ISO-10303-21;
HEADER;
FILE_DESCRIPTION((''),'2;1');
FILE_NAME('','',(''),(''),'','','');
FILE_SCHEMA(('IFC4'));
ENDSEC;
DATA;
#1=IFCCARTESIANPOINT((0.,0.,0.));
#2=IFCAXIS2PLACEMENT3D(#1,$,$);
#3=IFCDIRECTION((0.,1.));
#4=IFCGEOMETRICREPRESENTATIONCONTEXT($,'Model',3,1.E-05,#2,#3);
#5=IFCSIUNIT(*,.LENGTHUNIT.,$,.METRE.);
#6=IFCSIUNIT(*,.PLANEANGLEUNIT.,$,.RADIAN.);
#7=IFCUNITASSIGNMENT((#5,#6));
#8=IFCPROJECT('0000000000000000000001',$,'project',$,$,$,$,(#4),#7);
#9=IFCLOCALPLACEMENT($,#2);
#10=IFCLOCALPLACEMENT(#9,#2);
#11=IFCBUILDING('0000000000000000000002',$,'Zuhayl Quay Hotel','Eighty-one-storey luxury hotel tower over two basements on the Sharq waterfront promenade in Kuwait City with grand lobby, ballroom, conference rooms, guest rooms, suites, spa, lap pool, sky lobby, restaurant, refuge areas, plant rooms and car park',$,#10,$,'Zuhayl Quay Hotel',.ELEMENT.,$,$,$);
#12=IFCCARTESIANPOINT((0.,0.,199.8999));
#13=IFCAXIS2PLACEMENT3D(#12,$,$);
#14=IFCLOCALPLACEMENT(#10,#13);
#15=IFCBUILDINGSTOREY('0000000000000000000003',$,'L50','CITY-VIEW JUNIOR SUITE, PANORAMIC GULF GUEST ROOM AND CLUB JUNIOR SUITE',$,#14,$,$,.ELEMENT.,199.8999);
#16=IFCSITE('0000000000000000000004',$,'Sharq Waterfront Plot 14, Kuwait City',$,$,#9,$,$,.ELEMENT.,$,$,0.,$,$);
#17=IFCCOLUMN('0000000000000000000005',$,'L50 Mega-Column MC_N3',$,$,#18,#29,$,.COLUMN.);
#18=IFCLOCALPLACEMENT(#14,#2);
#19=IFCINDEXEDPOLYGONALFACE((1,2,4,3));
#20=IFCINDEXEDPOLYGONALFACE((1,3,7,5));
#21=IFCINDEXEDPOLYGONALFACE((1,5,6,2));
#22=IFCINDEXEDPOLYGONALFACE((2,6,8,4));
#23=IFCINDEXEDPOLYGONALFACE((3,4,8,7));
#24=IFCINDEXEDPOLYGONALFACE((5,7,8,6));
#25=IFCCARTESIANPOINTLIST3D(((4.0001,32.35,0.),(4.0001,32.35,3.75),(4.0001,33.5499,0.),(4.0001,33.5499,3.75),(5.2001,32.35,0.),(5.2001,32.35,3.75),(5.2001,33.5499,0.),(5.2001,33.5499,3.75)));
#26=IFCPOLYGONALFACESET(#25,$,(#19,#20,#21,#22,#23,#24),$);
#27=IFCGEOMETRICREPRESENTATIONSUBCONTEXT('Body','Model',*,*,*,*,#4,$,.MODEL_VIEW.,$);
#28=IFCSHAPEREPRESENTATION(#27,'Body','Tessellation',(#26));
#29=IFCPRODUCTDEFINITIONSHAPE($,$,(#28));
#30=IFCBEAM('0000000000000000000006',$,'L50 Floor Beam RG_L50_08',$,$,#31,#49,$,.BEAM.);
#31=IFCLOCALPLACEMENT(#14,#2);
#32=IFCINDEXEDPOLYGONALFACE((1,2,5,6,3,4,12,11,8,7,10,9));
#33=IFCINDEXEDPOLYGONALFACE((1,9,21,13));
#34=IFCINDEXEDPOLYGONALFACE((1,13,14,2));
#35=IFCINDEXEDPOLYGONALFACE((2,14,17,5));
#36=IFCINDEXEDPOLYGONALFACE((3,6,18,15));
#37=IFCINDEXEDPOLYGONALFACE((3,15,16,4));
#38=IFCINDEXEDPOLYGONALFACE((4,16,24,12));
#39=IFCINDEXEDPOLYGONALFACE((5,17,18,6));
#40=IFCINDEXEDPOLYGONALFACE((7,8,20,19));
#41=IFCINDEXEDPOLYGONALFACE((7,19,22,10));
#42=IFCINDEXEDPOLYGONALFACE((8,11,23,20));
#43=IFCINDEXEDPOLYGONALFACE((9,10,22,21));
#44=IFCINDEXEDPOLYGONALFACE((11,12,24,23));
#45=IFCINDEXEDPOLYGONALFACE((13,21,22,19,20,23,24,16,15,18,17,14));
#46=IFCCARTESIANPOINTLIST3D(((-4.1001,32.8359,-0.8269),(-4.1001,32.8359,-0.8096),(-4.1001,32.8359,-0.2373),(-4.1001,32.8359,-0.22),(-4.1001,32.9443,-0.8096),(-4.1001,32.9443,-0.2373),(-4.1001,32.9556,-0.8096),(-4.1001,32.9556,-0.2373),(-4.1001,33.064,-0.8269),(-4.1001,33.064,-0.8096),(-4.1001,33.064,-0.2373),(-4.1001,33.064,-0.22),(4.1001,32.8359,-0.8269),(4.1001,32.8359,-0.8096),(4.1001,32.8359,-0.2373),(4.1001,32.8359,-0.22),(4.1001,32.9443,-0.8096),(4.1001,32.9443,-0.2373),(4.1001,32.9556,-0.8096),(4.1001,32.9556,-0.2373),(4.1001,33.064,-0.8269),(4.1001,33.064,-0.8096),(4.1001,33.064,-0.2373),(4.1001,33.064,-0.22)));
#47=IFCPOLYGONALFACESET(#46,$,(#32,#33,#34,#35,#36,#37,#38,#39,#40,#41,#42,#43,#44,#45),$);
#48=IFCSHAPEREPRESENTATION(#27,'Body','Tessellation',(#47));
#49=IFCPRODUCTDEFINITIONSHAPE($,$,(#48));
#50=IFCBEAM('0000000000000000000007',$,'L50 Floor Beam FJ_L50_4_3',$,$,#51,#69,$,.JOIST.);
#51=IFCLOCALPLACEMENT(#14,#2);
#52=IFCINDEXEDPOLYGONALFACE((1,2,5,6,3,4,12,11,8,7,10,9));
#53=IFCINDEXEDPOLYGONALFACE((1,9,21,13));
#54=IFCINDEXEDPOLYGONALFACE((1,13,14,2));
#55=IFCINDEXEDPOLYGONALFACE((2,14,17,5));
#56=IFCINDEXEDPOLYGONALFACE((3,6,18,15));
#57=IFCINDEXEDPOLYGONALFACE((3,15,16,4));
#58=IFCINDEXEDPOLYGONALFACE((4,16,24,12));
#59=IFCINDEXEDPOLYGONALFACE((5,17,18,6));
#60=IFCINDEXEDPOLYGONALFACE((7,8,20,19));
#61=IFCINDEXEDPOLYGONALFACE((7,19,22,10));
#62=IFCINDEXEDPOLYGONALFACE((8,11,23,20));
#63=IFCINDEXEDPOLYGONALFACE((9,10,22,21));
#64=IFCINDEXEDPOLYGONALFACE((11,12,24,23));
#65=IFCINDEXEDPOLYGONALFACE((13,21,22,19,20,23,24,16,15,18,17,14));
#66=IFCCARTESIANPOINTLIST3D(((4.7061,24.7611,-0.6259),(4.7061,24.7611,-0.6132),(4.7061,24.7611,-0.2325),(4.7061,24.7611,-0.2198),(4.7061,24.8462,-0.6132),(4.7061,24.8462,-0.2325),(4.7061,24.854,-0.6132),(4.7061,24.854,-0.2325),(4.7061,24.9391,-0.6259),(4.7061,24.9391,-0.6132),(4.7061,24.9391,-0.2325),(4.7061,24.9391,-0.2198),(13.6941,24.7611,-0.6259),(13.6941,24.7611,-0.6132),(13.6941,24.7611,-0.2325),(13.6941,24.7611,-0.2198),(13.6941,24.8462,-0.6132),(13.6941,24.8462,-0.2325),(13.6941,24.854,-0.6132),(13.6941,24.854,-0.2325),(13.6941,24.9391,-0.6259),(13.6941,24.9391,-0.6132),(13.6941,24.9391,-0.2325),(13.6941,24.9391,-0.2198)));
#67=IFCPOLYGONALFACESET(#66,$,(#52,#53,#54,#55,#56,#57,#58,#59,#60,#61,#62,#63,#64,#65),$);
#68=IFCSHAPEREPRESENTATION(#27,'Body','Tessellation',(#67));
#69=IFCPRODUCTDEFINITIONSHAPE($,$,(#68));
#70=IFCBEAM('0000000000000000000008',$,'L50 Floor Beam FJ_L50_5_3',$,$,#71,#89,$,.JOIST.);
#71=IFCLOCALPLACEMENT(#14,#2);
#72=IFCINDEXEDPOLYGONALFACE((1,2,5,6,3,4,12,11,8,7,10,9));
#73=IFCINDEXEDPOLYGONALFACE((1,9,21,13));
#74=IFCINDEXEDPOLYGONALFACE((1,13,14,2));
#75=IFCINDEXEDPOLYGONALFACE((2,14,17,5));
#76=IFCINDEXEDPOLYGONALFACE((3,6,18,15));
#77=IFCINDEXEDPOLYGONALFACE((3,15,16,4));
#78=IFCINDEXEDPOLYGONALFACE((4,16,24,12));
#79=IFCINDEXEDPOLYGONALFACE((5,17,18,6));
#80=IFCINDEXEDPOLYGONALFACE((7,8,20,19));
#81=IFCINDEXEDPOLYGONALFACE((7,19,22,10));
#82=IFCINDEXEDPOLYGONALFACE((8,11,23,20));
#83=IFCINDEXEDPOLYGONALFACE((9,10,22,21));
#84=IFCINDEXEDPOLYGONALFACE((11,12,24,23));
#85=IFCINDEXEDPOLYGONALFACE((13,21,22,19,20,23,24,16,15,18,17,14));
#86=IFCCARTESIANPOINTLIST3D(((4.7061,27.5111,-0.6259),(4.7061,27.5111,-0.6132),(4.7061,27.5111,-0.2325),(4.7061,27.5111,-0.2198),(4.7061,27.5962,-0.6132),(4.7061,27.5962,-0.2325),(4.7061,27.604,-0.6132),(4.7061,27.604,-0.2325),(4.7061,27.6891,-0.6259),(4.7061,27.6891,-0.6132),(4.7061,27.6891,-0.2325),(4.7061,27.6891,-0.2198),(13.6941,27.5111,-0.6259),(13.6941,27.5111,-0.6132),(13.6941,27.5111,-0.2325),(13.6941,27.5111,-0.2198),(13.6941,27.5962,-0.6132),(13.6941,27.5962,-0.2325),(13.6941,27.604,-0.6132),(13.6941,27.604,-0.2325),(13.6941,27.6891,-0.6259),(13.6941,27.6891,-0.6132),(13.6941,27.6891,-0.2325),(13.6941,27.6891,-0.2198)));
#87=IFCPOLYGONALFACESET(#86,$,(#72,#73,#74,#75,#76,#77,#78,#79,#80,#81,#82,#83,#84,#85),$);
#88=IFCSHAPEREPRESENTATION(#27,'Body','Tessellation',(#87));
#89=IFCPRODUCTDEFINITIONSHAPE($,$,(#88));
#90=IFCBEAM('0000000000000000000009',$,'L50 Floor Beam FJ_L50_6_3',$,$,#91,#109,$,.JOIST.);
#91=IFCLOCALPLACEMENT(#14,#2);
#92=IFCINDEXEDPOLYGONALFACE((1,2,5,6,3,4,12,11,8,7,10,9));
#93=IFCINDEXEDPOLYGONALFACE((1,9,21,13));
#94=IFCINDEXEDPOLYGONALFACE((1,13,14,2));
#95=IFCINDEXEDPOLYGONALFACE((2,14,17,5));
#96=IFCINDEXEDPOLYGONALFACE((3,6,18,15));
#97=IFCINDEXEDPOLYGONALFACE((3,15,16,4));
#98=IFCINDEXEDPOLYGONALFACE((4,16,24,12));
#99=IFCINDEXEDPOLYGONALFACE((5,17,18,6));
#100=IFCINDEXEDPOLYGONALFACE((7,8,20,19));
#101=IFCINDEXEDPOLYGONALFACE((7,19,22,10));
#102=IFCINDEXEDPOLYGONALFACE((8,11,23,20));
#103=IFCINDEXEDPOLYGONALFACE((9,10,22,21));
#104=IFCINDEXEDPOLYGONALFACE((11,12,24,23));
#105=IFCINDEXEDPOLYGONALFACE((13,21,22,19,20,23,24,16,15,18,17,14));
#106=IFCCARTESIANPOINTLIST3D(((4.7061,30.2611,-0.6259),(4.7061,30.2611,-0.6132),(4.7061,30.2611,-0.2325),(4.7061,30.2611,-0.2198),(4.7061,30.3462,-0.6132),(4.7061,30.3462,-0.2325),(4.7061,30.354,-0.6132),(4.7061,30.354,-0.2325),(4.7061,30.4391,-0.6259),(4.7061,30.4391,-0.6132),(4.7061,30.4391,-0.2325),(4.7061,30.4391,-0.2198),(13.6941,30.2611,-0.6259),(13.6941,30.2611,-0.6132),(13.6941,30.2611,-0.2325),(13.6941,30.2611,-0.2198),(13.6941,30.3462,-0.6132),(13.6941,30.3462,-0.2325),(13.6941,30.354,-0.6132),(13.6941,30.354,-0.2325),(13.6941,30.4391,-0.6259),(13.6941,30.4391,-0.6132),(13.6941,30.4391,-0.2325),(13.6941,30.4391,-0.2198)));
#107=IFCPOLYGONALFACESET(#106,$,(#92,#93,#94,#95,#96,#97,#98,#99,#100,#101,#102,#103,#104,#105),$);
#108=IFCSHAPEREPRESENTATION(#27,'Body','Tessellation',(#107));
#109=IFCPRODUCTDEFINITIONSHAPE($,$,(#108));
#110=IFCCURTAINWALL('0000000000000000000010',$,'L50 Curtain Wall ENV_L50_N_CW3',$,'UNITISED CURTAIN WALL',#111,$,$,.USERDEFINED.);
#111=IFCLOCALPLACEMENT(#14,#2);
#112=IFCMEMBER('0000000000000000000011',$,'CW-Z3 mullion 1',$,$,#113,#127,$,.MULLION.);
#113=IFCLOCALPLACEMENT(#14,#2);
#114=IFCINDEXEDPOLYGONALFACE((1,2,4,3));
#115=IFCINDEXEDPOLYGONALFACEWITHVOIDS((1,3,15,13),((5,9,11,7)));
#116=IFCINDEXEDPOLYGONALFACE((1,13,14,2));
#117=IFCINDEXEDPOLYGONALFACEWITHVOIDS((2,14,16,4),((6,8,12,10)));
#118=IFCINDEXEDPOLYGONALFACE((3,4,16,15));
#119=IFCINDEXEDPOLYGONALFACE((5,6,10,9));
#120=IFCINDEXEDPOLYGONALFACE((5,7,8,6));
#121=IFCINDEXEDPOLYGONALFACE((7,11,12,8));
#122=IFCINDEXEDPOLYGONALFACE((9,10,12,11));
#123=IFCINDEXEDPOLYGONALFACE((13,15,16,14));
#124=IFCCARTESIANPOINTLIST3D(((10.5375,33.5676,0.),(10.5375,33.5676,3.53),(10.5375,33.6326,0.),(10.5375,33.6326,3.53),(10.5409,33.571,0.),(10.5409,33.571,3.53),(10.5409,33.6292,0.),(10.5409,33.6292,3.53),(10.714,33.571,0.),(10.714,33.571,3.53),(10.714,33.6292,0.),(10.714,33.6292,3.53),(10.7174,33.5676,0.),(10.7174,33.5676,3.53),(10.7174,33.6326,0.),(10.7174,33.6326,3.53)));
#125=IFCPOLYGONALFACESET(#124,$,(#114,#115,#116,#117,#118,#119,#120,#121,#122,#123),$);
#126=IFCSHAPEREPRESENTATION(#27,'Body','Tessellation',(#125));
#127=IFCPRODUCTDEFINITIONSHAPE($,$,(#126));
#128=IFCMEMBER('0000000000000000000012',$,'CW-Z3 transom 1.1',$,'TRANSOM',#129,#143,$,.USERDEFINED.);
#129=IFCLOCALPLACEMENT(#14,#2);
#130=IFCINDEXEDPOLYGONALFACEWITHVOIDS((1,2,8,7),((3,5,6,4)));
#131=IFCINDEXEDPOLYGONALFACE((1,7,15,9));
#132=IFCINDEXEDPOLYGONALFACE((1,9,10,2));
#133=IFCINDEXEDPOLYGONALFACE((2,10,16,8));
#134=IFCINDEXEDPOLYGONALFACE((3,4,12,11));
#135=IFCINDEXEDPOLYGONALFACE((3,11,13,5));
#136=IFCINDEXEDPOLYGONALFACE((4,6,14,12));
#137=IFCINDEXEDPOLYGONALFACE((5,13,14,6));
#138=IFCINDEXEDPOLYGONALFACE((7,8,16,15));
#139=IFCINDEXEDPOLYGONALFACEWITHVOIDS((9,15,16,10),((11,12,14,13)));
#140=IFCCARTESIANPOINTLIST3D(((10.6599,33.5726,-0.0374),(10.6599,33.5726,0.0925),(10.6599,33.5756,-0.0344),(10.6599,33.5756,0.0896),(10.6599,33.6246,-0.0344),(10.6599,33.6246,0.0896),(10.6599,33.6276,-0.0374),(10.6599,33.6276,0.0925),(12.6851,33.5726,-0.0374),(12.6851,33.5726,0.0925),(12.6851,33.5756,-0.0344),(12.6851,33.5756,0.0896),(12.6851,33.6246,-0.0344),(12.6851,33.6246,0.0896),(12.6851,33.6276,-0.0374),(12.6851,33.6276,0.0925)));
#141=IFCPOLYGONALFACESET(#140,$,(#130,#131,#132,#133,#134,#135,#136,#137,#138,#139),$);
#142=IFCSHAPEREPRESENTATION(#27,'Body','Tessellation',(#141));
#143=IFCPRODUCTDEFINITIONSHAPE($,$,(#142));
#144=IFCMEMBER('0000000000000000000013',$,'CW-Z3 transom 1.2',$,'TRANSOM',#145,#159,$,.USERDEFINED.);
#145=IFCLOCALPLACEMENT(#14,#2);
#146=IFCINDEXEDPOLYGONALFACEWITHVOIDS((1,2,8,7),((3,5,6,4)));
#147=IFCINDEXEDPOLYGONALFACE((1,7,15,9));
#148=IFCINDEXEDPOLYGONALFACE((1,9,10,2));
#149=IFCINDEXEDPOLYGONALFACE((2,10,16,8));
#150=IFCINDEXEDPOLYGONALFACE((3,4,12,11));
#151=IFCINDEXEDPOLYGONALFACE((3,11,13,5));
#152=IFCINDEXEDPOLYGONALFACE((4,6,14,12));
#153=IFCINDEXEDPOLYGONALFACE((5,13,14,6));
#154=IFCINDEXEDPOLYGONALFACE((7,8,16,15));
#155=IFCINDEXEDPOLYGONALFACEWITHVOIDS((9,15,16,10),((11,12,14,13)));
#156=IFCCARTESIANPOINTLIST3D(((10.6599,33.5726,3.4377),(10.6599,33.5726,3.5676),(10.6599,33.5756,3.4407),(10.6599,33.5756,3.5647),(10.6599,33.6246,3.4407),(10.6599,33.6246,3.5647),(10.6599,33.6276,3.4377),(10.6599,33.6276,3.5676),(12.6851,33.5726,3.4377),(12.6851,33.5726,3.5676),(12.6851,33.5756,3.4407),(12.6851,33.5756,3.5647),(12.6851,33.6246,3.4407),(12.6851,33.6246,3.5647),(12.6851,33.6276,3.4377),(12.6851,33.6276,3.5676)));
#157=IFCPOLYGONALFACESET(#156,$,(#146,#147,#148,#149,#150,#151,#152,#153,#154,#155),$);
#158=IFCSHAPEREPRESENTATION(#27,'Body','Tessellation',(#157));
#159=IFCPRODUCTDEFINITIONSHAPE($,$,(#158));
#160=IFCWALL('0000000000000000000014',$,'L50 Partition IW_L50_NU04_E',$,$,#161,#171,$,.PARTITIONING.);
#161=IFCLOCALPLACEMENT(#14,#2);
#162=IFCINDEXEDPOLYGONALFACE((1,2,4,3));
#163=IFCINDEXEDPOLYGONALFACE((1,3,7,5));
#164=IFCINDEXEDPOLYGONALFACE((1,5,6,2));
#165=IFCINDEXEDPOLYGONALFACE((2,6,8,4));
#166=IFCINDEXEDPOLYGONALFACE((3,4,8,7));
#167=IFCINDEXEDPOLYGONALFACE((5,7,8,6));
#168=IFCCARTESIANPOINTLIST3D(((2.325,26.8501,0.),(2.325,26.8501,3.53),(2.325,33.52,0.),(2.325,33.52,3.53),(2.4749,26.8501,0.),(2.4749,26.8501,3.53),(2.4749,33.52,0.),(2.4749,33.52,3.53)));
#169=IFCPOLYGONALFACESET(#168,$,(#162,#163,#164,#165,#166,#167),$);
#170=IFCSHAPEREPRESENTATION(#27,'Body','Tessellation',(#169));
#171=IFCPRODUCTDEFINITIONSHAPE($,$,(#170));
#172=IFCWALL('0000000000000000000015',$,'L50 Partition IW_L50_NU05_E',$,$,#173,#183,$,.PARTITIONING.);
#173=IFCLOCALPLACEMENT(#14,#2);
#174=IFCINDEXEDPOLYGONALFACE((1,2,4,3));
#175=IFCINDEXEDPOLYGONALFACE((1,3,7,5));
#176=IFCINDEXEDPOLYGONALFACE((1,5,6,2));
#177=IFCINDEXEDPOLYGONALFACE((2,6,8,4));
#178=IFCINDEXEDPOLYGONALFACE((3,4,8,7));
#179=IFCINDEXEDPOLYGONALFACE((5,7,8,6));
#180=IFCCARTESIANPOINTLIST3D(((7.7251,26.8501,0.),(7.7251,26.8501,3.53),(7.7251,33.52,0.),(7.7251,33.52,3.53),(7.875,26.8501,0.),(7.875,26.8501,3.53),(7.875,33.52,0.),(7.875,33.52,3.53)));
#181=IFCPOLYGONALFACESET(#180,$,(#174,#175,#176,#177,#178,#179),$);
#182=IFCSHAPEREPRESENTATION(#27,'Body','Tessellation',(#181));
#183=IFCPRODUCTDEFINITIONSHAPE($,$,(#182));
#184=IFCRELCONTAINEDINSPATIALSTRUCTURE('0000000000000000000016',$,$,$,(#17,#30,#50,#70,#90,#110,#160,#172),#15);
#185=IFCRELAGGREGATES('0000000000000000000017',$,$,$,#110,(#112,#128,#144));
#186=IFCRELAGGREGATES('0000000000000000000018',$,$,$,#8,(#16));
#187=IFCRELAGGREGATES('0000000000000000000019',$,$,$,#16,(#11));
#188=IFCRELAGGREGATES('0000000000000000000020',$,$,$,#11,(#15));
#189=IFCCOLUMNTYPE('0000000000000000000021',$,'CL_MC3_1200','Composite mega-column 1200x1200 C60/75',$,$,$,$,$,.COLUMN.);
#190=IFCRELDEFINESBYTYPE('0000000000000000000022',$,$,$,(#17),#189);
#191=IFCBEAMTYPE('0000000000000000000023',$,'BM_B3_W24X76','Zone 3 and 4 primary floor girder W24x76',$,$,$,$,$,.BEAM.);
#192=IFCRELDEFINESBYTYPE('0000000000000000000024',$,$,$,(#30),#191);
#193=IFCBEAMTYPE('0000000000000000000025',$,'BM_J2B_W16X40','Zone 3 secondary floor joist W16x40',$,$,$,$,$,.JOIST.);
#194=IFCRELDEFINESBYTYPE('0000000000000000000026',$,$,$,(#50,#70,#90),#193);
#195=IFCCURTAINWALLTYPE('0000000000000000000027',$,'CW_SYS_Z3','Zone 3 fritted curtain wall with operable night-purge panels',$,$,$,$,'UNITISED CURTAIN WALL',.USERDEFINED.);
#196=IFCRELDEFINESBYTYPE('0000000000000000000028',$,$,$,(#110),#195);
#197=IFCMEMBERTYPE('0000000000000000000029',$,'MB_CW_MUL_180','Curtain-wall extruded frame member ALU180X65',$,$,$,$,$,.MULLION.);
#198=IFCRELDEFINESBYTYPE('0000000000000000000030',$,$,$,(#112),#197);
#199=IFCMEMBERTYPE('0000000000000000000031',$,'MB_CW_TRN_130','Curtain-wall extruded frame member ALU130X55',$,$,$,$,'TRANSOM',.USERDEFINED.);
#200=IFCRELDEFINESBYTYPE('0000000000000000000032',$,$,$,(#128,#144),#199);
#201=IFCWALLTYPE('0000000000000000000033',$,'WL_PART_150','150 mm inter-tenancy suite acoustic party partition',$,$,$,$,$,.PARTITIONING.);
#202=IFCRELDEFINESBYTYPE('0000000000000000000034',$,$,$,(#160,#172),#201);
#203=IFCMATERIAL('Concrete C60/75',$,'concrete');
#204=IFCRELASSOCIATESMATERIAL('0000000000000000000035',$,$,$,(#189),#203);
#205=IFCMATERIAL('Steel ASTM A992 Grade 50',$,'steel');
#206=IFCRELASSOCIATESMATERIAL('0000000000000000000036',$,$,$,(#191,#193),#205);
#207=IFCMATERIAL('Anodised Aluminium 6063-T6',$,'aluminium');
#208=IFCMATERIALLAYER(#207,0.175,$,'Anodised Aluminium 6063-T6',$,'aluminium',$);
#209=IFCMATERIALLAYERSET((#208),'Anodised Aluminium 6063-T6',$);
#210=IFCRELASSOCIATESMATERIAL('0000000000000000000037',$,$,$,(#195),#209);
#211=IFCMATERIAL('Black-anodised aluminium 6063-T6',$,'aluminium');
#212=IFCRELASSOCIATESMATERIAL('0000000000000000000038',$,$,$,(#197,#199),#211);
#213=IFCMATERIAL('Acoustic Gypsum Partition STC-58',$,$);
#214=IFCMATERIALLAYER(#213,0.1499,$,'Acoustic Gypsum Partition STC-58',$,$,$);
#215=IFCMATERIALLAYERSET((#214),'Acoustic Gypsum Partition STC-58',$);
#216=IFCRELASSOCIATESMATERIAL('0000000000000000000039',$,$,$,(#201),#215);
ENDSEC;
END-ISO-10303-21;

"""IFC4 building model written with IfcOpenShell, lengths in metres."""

from ifc_helpers import new_model, si_unit, direction, frame, frame_2d, origin, origin_2d, place, context, subcontext, project, spatial, rectangle, hollow_rectangle, i_section, extrude, material, layer, layer_set, material_profile, profile_set, type_object, element, aggregate, save


model = new_model("IFC4")

# Units and contexts
model_context = context("Model", 3, precision=1e-05, world=origin(), true_north=direction((0.0, 1.0)))
body_context = subcontext(model_context, "Body", "Model", "MODEL_VIEW")
ifc_project = project(units=[si_unit("LENGTHUNIT", "METRE"), si_unit("PLANEANGLEUNIT", "RADIAN")], contexts=[model_context])

# Site, building, storey
site_placement = place(None, origin())
site = spatial("IfcSite", under=ifc_project, at=site_placement, Name="Sharq Waterfront Plot 14, Kuwait City", CompositionType="ELEMENT", RefElevation=0.0)
building_placement = place(site_placement, origin())
building = spatial("IfcBuilding", under=site, at=building_placement, Name="Zuhayl Quay Hotel", Description="Eighty-one-storey luxury hotel tower over two basements on the Sharq waterfront promenade in Kuwait City with grand lobby, ballroom, conference rooms, guest rooms, suites, spa, lap pool, sky lobby, restaurant, refuge areas, plant rooms and car park", LongName="Zuhayl Quay Hotel", CompositionType="ELEMENT")
storey_placement = place(building_placement, frame((0.0, 0.0, 199.8999)))
storey = spatial("IfcBuildingStorey", under=building, at=storey_placement, Name="L50", Description="CITY-VIEW JUNIOR SUITE, PANORAMIC GULF GUEST ROOM AND CLUB JUNIOR SUITE", CompositionType="ELEMENT", Elevation=199.8999)

# Column
ifc_material_1 = material(Name="Concrete C60/75", Category="concrete")
ifc_material_profile_1 = material_profile(ifc_material_1, rectangle(XDim=1.2, YDim=1.2, at=origin_2d()), Name="RC1200X1200")
ifc_profile_set_1 = profile_set([ifc_material_profile_1], Name="Concrete C60/75")
column_type = type_object("IfcColumnType", Name="CL_MC3_1200", Description="Composite mega-column 1200x1200 C60/75", PredefinedType="COLUMN", material=ifc_profile_set_1)
column_placement = place(storey_placement, frame((4.6001, 32.95, 0.0), z_axis=(0.0, 0.0, 1.0), x_axis=(1.0, 0.0, 0.0)))
element("IfcColumn", 1, at=column_placement, inside=storey, type_object=column_type, Name="L50 Mega-Column MC_N3", PredefinedType="COLUMN", context=body_context, shape_type="SweptSolid", body=[
    extrude(rectangle(XDim=1.2, YDim=1.2, at=origin_2d()), origin(), (0.0, 0.0, 1.0), 3.75),
])

# Beams
ifc_material_2 = material(Name="Steel ASTM A992 Grade 50", Category="steel")
ifc_material_profile_2 = material_profile(ifc_material_2, i_section(OverallWidth=0.228, OverallDepth=0.6069, WebThickness=0.0112, FlangeThickness=0.0173, at=origin_2d()), Name="W24X76")
ifc_profile_set_2 = profile_set([ifc_material_profile_2], Name="Steel ASTM A992 Grade 50")
beam_type_1 = type_object("IfcBeamType", Name="BM_B3_W24X76", Description="Zone 3 and 4 primary floor girder W24x76", PredefinedType="BEAM", material=ifc_profile_set_2)
beam_placement = place(storey_placement, frame((4.1001, 32.95, -0.5234), z_axis=(-1.0, 0.0, 0.0), x_axis=(0.0, -1.0, 0.0)))
element("IfcBeam", 2, at=beam_placement, inside=storey, type_object=beam_type_1, Name="L50 Floor Beam RG_L50_08", PredefinedType="BEAM", context=body_context, shape_type="SweptSolid", body=[
    extrude(i_section(OverallWidth=0.228, OverallDepth=0.6069, WebThickness=0.0112, FlangeThickness=0.0173, at=origin_2d()), origin(), (0.0, 0.0, 1.0), 8.2002),
])
ifc_material_profile_3 = material_profile(ifc_material_2, i_section(OverallWidth=0.178, OverallDepth=0.406, WebThickness=0.0078, FlangeThickness=0.0127, at=origin_2d()), Name="W16X40")
ifc_profile_set_3 = profile_set([ifc_material_profile_3], Name="Steel ASTM A992 Grade 50")
beam_type_2 = type_object("IfcBeamType", Name="BM_J2B_W16X40", Description="Zone 3 secondary floor joist W16x40", PredefinedType="JOIST", material=ifc_profile_set_3)
for number, where, z_axis, x_axis, name in (
    (3, (4.7061, 24.8501, -0.4229), (1.0, 0.0, 0.0), (0.0, 1.0, 0.0), "L50 Floor Beam FJ_L50_4_3"),
    (4, (4.7061, 27.6001, -0.4229), (1.0, 0.0, 0.0), (0.0, 1.0, 0.0), "L50 Floor Beam FJ_L50_5_3"),
    (5, (4.7061, 30.3501, -0.4229), (1.0, 0.0, 0.0), (0.0, 1.0, 0.0), "L50 Floor Beam FJ_L50_6_3"),
):
    element("IfcBeam", number, at=place(storey_placement, frame(where, z_axis=z_axis, x_axis=x_axis)), inside=storey, type_object=beam_type_2, Name=name, PredefinedType="JOIST", context=body_context, shape_type="SweptSolid", body=[
        extrude(i_section(OverallWidth=0.178, OverallDepth=0.406, WebThickness=0.0078, FlangeThickness=0.0127, at=origin_2d()), origin(), (0.0, 0.0, 1.0), 8.988),
    ])

# Curtain wall, members
ifc_material_3 = material(Name="Anodised Aluminium 6063-T6", Category="aluminium")
ifc_layer_1 = layer(ifc_material_3, 0.175, Name="Anodised Aluminium 6063-T6", Category="aluminium")
ifc_layer_set_1 = layer_set([ifc_layer_1], Name="Anodised Aluminium 6063-T6")
curtain_wall_type = type_object("IfcCurtainWallType", Name="CW_SYS_Z3", Description="Zone 3 fritted curtain wall with operable night-purge panels", ElementType="UNITISED CURTAIN WALL", PredefinedType="USERDEFINED", material=ifc_layer_set_1)
curtain_wall_placement = place(storey_placement, origin())
curtain_wall = element("IfcCurtainWall", 6, at=curtain_wall_placement, inside=storey, type_object=curtain_wall_type, Name="L50 Curtain Wall ENV_L50_N_CW3", ObjectType="UNITISED CURTAIN WALL", PredefinedType="USERDEFINED")
ifc_material_4 = material(Name="Black-anodised aluminium 6063-T6", Category="aluminium")
ifc_material_profile_4 = material_profile(ifc_material_4, hollow_rectangle(XDim=0.0649, YDim=0.1799, WallThickness=0.0034, at=origin_2d()), Name="ALU180X65")
ifc_profile_set_4 = profile_set([ifc_material_profile_4], Name="Black-anodised aluminium 6063-T6")
member_type_1 = type_object("IfcMemberType", Name="MB_CW_MUL_180", Description="Curtain-wall extruded frame member ALU180X65", PredefinedType="MULLION", material=ifc_profile_set_4)
member_1_placement = place(storey_placement, frame((10.6274, 33.6001, 0.0), z_axis=(0.0, 0.0, 1.0), x_axis=(0.0, 1.0, 0.0)))
member_1 = element("IfcMember", 7, at=member_1_placement, type_object=member_type_1, Name="CW-Z3 mullion 1", PredefinedType="MULLION", context=body_context, shape_type="SweptSolid", body=[
    extrude(hollow_rectangle(XDim=0.0649, YDim=0.1799, WallThickness=0.0034, at=origin_2d()), origin(), (0.0, 0.0, 1.0), 3.53),
])
ifc_material_profile_5 = material_profile(ifc_material_4, hollow_rectangle(XDim=0.0549, YDim=0.1299, WallThickness=0.0029, at=origin_2d()), Name="ALU130X55")
ifc_profile_set_5 = profile_set([ifc_material_profile_5], Name="Black-anodised aluminium 6063-T6")
member_type_2 = type_object("IfcMemberType", Name="MB_CW_TRN_130", Description="Curtain-wall extruded frame member ALU130X55", ElementType="TRANSOM", PredefinedType="USERDEFINED", material=ifc_profile_set_5)
member_2_placement = place(storey_placement, frame((10.6599, 33.6001, 0.0276), z_axis=(1.0, 0.0, 0.0), x_axis=(0.0, 1.0, 0.0)))
member_2 = element("IfcMember", 8, at=member_2_placement, type_object=member_type_2, Name="CW-Z3 transom 1.1", ObjectType="TRANSOM", PredefinedType="USERDEFINED", context=body_context, shape_type="SweptSolid", body=[
    extrude(hollow_rectangle(XDim=0.0549, YDim=0.1299, WallThickness=0.0029, at=origin_2d()), origin(), (0.0, 0.0, 1.0), 2.0251),
])
member_3_placement = place(storey_placement, frame((10.6599, 33.6001, 3.5027), z_axis=(1.0, 0.0, 0.0), x_axis=(0.0, 1.0, 0.0)))
member_3 = element("IfcMember", 9, at=member_3_placement, type_object=member_type_2, Name="CW-Z3 transom 1.2", ObjectType="TRANSOM", PredefinedType="USERDEFINED", context=body_context, shape_type="SweptSolid", body=[
    extrude(hollow_rectangle(XDim=0.0549, YDim=0.1299, WallThickness=0.0029, at=origin_2d()), origin(), (0.0, 0.0, 1.0), 2.0251),
])
aggregate(curtain_wall, [member_1, member_2, member_3])

# Walls
ifc_material_5 = material(Name="Acoustic Gypsum Partition STC-58")
ifc_layer_2 = layer(ifc_material_5, 0.1499, Name="Acoustic Gypsum Partition STC-58")
ifc_layer_set_2 = layer_set([ifc_layer_2], Name="Acoustic Gypsum Partition STC-58")
wall_type_1 = type_object("IfcWallType", Name="WL_PART_150", Description="150 mm inter-tenancy suite acoustic party partition", PredefinedType="PARTITIONING", material=ifc_layer_set_2)
for number, where, z_axis, x_axis, name in (
    (10, (2.3999, 26.8501, 0.0), (0.0, 0.0, 1.0), (0.0, 1.0, 0.0), "L50 Partition IW_L50_NU04_E"),
    (11, (7.8, 26.8501, 0.0), (0.0, 0.0, 1.0), (0.0, 1.0, 0.0), "L50 Partition IW_L50_NU05_E"),
):
    element("IfcWall", number, at=place(storey_placement, frame(where, z_axis=z_axis, x_axis=x_axis)), inside=storey, type_object=wall_type_1, Name=name, PredefinedType="PARTITIONING", context=body_context, shape_type="SweptSolid", body=[
        extrude(rectangle(XDim=6.6699, YDim=0.1499, at=frame_2d((3.335, 0.0))), origin(), (0.0, 0.0, 1.0), 3.53),
    ])

save(model, "model.ifc")
